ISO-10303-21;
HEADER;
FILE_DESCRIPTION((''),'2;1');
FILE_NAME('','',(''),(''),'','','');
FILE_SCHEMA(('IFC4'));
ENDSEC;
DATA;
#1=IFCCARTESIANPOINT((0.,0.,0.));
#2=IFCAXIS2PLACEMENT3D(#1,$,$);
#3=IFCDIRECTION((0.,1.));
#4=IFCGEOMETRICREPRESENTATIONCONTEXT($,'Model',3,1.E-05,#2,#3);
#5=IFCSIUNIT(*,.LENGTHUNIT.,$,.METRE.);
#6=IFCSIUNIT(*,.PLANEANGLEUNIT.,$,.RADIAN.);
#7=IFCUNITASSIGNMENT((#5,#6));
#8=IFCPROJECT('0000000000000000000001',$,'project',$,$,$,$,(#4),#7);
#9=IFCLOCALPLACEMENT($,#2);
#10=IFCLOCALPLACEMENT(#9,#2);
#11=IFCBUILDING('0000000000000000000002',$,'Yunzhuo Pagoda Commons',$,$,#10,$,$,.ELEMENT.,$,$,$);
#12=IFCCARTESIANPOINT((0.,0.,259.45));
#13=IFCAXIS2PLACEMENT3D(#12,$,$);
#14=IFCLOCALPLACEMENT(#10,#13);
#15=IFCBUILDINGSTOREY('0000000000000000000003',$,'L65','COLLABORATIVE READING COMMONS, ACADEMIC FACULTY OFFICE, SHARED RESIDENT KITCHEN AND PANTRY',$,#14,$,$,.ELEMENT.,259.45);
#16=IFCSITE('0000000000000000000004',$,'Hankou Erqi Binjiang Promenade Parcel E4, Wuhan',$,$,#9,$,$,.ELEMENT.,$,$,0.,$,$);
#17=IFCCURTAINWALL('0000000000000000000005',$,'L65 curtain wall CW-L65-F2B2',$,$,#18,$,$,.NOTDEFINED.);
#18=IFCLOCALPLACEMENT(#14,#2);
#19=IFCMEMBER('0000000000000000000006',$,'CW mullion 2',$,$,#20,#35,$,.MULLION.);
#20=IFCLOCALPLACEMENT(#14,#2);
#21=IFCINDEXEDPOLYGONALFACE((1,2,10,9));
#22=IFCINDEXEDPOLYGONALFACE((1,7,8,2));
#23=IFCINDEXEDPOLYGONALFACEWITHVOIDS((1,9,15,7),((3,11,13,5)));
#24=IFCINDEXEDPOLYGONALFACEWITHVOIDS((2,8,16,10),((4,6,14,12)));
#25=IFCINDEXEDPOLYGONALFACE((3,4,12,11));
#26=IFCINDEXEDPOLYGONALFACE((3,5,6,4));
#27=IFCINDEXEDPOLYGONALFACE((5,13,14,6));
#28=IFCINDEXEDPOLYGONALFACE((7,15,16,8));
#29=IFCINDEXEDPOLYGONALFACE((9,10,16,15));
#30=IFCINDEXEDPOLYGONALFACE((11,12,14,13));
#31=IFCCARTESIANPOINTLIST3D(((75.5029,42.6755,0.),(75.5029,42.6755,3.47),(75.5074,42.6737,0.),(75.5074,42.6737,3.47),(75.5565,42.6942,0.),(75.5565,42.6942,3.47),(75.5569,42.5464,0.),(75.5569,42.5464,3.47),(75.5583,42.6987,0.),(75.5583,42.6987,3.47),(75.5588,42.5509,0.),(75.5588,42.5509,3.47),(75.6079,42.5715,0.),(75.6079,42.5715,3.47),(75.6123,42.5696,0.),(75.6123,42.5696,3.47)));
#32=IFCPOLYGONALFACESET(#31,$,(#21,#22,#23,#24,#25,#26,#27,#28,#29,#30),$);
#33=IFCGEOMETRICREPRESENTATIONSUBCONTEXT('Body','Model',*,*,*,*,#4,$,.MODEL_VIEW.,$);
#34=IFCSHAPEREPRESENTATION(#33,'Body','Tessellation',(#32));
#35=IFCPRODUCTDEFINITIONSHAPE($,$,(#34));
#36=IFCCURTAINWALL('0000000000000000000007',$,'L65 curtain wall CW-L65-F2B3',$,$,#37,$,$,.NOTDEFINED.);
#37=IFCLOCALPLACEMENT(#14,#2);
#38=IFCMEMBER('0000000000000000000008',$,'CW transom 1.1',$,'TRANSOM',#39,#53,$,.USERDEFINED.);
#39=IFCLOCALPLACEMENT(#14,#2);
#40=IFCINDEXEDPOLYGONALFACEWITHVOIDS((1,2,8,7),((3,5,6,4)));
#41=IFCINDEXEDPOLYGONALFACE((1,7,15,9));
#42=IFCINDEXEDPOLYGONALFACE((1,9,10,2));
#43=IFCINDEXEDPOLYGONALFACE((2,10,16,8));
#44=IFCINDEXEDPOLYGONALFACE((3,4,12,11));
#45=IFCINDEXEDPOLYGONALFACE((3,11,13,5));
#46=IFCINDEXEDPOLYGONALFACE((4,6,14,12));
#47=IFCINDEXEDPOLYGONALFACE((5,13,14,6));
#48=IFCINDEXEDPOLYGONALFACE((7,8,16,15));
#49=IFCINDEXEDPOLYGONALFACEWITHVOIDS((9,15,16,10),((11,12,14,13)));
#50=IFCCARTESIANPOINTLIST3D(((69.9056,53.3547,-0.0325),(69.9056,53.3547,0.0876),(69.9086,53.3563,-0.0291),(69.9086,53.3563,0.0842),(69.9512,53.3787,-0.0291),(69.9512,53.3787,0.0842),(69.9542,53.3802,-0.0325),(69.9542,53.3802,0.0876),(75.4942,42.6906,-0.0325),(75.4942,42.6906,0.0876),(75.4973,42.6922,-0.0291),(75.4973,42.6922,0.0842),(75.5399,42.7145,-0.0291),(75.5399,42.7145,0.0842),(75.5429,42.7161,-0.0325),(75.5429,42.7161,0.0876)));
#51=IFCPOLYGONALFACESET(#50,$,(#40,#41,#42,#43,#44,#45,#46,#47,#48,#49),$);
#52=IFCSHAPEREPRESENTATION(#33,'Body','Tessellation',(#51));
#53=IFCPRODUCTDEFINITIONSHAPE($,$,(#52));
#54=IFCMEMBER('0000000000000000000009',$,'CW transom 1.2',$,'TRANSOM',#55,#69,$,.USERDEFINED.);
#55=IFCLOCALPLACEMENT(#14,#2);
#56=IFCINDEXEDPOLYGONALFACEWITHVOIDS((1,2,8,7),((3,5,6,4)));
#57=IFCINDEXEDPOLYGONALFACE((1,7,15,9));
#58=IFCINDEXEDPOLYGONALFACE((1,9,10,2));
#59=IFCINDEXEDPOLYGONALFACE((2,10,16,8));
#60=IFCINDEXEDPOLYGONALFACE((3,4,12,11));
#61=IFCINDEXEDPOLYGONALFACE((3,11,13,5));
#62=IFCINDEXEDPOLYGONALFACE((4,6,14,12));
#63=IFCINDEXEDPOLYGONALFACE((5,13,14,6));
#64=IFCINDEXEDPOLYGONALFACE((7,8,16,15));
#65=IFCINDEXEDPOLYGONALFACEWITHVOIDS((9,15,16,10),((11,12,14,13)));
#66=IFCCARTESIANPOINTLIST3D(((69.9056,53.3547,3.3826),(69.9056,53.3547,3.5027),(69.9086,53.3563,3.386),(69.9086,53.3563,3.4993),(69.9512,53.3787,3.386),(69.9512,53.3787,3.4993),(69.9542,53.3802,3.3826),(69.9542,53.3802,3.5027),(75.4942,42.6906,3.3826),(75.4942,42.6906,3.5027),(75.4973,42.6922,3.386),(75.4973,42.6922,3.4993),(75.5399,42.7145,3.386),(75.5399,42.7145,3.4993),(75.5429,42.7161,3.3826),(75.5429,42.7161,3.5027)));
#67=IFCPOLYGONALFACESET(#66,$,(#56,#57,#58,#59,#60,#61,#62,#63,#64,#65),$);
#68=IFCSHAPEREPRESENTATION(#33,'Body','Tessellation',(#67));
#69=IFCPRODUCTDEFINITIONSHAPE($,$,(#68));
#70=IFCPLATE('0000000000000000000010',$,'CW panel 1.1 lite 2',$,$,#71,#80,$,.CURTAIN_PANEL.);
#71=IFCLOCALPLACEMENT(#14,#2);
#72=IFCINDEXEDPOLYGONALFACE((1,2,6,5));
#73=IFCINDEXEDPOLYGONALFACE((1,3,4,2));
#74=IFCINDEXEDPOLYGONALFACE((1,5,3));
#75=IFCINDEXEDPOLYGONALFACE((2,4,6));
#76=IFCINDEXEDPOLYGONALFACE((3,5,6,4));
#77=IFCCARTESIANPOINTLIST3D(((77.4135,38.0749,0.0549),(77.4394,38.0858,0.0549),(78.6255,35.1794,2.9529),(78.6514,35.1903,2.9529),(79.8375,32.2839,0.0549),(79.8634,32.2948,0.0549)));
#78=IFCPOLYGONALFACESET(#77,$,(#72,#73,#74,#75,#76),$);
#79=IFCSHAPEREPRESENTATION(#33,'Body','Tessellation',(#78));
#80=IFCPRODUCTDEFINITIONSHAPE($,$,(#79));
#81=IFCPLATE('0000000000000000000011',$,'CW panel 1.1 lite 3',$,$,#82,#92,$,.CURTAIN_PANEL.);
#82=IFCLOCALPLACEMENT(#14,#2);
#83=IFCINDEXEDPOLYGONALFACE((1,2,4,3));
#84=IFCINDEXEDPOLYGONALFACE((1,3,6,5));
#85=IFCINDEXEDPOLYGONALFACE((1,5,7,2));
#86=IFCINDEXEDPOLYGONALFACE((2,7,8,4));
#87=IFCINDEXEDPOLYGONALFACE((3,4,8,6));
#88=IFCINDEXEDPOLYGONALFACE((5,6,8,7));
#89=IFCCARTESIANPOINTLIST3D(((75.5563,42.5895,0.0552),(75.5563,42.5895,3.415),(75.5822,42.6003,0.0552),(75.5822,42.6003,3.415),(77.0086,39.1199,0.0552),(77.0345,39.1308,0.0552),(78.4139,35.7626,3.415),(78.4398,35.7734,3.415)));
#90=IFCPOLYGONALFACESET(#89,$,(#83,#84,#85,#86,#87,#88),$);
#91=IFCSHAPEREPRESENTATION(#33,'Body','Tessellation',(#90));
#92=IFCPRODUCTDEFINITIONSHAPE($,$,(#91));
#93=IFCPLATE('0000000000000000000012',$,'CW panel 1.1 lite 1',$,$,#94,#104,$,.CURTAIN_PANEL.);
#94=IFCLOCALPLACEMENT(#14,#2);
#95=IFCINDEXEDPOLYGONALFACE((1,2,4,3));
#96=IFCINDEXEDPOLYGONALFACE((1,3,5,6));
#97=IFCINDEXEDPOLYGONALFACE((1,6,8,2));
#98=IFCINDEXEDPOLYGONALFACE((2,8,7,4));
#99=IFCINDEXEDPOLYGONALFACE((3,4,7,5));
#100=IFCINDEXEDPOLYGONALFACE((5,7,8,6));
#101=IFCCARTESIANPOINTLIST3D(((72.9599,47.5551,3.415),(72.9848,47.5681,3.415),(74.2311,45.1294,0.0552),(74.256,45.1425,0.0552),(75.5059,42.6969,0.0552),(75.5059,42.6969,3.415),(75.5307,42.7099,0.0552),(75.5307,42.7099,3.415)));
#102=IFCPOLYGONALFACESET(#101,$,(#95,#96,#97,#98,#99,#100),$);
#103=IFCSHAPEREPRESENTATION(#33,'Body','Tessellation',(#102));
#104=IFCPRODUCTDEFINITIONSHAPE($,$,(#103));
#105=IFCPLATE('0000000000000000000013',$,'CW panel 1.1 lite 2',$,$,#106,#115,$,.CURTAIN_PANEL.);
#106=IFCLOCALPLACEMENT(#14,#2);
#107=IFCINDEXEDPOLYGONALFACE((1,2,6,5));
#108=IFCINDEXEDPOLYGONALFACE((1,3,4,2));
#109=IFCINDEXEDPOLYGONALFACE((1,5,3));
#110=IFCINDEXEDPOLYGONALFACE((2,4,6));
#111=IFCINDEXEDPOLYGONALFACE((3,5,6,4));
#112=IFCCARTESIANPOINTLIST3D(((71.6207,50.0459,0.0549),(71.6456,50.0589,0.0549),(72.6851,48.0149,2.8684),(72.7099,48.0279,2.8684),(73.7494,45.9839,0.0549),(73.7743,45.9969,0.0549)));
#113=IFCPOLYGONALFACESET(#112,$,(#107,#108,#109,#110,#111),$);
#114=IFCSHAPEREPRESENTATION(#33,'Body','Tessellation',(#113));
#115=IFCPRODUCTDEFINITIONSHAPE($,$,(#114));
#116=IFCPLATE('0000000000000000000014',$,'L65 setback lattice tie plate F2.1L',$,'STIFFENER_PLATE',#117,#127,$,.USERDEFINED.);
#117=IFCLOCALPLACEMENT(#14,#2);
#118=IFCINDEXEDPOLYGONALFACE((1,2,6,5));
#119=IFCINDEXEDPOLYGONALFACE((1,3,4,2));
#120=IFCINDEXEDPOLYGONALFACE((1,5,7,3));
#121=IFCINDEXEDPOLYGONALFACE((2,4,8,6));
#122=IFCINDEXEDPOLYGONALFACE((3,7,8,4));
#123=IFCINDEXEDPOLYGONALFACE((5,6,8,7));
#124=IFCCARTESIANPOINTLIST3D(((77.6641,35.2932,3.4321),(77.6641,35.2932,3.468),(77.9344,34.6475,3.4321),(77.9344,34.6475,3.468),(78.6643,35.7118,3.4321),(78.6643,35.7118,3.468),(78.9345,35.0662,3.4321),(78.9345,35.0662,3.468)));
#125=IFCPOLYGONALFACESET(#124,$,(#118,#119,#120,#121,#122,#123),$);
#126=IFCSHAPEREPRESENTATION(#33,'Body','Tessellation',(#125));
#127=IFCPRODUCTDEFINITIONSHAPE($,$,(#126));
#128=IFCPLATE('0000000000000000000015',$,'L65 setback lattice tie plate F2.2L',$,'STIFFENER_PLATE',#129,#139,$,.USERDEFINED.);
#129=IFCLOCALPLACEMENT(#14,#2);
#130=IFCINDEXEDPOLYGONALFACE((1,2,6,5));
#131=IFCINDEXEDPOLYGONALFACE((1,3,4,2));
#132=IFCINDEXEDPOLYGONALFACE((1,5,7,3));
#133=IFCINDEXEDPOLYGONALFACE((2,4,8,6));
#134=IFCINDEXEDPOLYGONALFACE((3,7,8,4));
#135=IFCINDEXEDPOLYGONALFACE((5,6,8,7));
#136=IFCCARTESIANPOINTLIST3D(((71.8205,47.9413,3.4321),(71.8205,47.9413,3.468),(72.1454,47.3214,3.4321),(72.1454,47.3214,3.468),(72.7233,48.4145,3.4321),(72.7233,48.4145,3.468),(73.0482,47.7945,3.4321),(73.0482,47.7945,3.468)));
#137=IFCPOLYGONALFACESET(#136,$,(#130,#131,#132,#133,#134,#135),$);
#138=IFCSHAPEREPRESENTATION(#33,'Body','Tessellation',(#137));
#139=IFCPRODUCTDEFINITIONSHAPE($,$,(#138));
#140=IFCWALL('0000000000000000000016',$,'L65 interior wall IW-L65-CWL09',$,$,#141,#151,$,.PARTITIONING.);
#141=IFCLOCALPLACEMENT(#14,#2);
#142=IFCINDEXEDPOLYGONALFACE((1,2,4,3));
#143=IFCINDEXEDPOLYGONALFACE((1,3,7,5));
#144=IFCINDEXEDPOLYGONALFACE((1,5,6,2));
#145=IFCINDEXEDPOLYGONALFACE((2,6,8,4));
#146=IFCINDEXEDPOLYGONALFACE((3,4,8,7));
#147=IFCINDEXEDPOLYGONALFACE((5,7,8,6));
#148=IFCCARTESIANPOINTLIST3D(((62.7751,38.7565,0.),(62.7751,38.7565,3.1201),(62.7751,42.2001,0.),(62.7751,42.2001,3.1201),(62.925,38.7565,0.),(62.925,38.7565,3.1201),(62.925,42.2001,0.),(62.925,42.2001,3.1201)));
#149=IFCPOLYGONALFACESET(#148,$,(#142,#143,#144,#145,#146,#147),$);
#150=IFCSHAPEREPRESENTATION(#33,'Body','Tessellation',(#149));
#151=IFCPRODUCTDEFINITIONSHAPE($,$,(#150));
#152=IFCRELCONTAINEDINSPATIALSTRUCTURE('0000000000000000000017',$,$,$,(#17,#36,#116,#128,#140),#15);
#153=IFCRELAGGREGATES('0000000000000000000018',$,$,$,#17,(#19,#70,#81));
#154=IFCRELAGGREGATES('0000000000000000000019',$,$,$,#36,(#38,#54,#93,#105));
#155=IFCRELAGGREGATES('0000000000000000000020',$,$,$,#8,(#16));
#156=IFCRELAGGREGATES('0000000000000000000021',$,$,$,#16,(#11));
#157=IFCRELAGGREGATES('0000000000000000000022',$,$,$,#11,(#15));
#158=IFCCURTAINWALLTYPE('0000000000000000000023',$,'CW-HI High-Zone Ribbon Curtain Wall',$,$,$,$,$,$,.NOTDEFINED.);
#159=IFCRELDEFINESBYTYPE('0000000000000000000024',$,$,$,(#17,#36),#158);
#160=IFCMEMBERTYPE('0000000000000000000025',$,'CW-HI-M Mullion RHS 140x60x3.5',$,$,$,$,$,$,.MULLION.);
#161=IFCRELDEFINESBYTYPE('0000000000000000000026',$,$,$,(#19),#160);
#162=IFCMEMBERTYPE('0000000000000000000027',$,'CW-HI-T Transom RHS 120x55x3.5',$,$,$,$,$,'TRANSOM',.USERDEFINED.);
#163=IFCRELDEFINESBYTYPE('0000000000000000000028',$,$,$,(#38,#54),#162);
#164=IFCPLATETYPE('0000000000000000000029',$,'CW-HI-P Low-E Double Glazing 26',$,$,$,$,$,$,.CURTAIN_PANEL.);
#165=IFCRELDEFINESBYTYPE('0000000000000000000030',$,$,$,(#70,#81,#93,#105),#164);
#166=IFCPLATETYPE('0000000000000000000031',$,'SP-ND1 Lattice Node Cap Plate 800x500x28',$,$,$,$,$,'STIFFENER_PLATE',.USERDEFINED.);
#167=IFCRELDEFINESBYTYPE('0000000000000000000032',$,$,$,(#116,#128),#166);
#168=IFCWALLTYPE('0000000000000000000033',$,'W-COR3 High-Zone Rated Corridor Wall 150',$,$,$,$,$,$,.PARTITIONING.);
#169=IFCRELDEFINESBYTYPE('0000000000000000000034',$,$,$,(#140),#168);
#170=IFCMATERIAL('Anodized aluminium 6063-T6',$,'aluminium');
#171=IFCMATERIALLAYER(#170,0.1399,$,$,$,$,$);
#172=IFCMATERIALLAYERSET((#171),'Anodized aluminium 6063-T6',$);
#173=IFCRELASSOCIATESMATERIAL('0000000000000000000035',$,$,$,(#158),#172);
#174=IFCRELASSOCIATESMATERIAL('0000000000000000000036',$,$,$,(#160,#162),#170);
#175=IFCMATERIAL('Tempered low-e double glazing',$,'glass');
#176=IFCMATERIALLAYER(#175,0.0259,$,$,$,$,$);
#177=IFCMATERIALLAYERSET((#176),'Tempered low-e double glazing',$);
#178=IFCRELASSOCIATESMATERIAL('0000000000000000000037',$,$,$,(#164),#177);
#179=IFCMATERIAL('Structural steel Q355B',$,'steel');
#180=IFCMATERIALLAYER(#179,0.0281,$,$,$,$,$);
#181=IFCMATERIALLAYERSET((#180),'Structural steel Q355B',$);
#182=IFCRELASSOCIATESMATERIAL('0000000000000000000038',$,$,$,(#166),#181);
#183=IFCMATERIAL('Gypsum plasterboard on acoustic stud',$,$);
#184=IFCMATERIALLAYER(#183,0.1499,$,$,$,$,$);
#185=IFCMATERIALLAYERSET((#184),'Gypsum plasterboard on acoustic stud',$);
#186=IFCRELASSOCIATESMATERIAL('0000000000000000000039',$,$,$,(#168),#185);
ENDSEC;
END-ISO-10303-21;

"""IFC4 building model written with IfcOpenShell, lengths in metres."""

from ifc_helpers import new_model, si_unit, direction, frame, frame_2d, origin, origin_2d, place, context, subcontext, project, spatial, polyline, rectangle, hollow_rectangle, outline, extrude, source, transform, mapped, material, layer, layer_set, material_profile, profile_set, type_object, element, aggregate, save


model = new_model("IFC4")

# Units and contexts
model_context = context("Model", 3, precision=1e-05, world=origin(), true_north=direction((0.0, 1.0)))
body_context = subcontext(model_context, "Body", "Model", "MODEL_VIEW")
ifc_project = project(units=[si_unit("LENGTHUNIT", "METRE"), si_unit("PLANEANGLEUNIT", "RADIAN")], contexts=[model_context])

# Site, building, storey
site_placement = place(None, origin())
site = spatial("IfcSite", under=ifc_project, at=site_placement, Name="Hankou Erqi Binjiang Promenade Parcel E4, Wuhan", CompositionType="ELEMENT", RefElevation=0.0)
building_placement = place(site_placement, origin())
building = spatial("IfcBuilding", under=site, at=building_placement, Name="Yunzhuo Pagoda Commons", CompositionType="ELEMENT")
storey_placement = place(building_placement, frame((0.0, 0.0, 259.45)))
storey = spatial("IfcBuildingStorey", under=building, at=storey_placement, Name="L65", Description="COLLABORATIVE READING COMMONS, ACADEMIC FACULTY OFFICE, SHARED RESIDENT KITCHEN AND PANTRY", CompositionType="ELEMENT", Elevation=259.45)

# Shared definitions
ifc_material_1 = material(Name="Structural steel Q355B", Category="steel")

# Curtain wall, member
ifc_material_2 = material(Name="Anodized aluminium 6063-T6", Category="aluminium")
ifc_layer_1 = layer(ifc_material_2, 0.1399)
ifc_layer_set_1 = layer_set([ifc_layer_1], Name="Anodized aluminium 6063-T6")
curtain_wall_type = type_object("IfcCurtainWallType", Name="CW-HI High-Zone Ribbon Curtain Wall", PredefinedType="NOTDEFINED", material=ifc_layer_set_1)
curtain_wall_1_placement = place(storey_placement, origin())
curtain_wall_1 = element("IfcCurtainWall", 1, at=curtain_wall_1_placement, inside=storey, type_object=curtain_wall_type, Name="L65 curtain wall CW-L65-F2B2", PredefinedType="NOTDEFINED")
ifc_material_profile_1 = material_profile(ifc_material_2, hollow_rectangle(XDim=0.0601, YDim=0.1399, WallThickness=0.0034, at=origin_2d()), Name="Anodized aluminium 6063-T6")
ifc_profile_set_1 = profile_set([ifc_material_profile_1], Name="Anodized aluminium 6063-T6")
member_type_1 = type_object("IfcMemberType", Name="CW-HI-M Mullion RHS 140x60x3.5", PredefinedType="MULLION", material=ifc_profile_set_1)
shared_shape_1 = source(origin(), body_context, "Body", "SweptSolid", [
    extrude(hollow_rectangle(XDim=0.0601, YDim=0.1399, WallThickness=0.0034, at=origin_2d()), origin(), (0.0, 0.0, 1.0), 3.47),
])
member_1_placement = place(storey_placement, frame((75.5576, 42.6226, 0.0), z_axis=(0.0, 0.0, 1.0), x_axis=(-0.922451, -0.386115, 0.0)))
member_1 = element("IfcMember", 2, at=member_1_placement, type_object=member_type_1, Name="CW mullion 2", PredefinedType="MULLION", context=body_context, shape_type="MappedRepresentation", body=[
    mapped(shared_shape_1, transform((0.0, 0.0, 0.0), scale=1.0)),
])

# Curtain wall, members
curtain_wall_2_placement = place(storey_placement, origin())
curtain_wall_2 = element("IfcCurtainWall", 3, at=curtain_wall_2_placement, inside=storey, type_object=curtain_wall_type, Name="L65 curtain wall CW-L65-F2B3", PredefinedType="NOTDEFINED")
ifc_material_profile_2 = material_profile(ifc_material_2, hollow_rectangle(XDim=0.0549, YDim=0.1201, WallThickness=0.0034, at=origin_2d()), Name="Anodized aluminium 6063-T6")
ifc_profile_set_2 = profile_set([ifc_material_profile_2], Name="Anodized aluminium 6063-T6")
member_type_2 = type_object("IfcMemberType", Name="CW-HI-T Transom RHS 120x55x3.5", ElementType="TRANSOM", PredefinedType="USERDEFINED", material=ifc_profile_set_2)
shared_shape_2 = source(origin(), body_context, "Body", "SweptSolid", [
    extrude(hollow_rectangle(XDim=0.0549, YDim=0.1201, WallThickness=0.0034, at=origin_2d()), origin(), (0.0, 0.0, 1.0), 12.0398),
])
member_2_placement = place(storey_placement, frame((75.5186, 42.7034, 0.0276), z_axis=(-0.464182, 0.88574, 0.0), x_axis=(-0.88574, -0.464182, 0.0)))
member_2 = element("IfcMember", 4, at=member_2_placement, type_object=member_type_2, Name="CW transom 1.1", ObjectType="TRANSOM", PredefinedType="USERDEFINED", context=body_context, shape_type="MappedRepresentation", body=[
    mapped(shared_shape_2, transform((0.0, 0.0, 0.0), scale=1.0)),
])
member_3_placement = place(storey_placement, frame((75.5186, 42.7034, 3.4426), z_axis=(-0.464182, 0.88574, 0.0), x_axis=(-0.88574, -0.464182, 0.0)))
member_3 = element("IfcMember", 5, at=member_3_placement, type_object=member_type_2, Name="CW transom 1.2", ObjectType="TRANSOM", PredefinedType="USERDEFINED", context=body_context, shape_type="MappedRepresentation", body=[
    mapped(shared_shape_2, transform((0.0, 0.0, 0.0), scale=1.0)),
])

# Plates
ifc_material_3 = material(Name="Tempered low-e double glazing", Category="glass")
ifc_layer_2 = layer(ifc_material_3, 0.0259)
ifc_layer_set_2 = layer_set([ifc_layer_2], Name="Tempered low-e double glazing")
plate_type_1 = type_object("IfcPlateType", Name="CW-HI-P Low-E Double Glazing 26", PredefinedType="CURTAIN_PANEL", material=ifc_layer_set_2)
plate_1_placement = place(storey_placement, frame((78.6255, 35.1794, 1.5039), z_axis=(0.922451, 0.386115, 0.0), x_axis=(-0.386115, 0.922451, 0.0)))
plate_1 = element("IfcPlate", 6, at=plate_1_placement, type_object=plate_type_1, Name="CW panel 1.1 lite 2", PredefinedType="CURTAIN_PANEL", context=body_context, shape_type="SweptSolid", body=[
    extrude(outline(polyline([(-3.1389, -1.449), (3.1389, -1.449), (0.0, 1.449), (-3.1389, -1.449)])), origin(), (0.0, 0.0, 1.0), 0.0281),
])
plate_2_placement = place(storey_placement, frame((76.9851, 39.176, 1.7351), z_axis=(0.922451, 0.386115, 0.0), x_axis=(-0.386115, 0.922451, 0.0)))
plate_2 = element("IfcPlate", 7, at=plate_2_placement, type_object=plate_type_1, Name="CW panel 1.1 lite 3", PredefinedType="CURTAIN_PANEL", context=body_context, shape_type="SweptSolid", body=[
    extrude(outline(polyline([(-3.7004, 1.6799), (-0.0608, -1.6799), (3.7004, -1.6799), (3.7004, 1.6799), (-3.7004, 1.6799)])), origin(), (0.0, 0.0, 1.0), 0.0281),
])
aggregate(curtain_wall_1, [member_1, plate_1, plate_2])
plate_3_placement = place(storey_placement, frame((74.2329, 45.126, 1.7351), z_axis=(0.885743, 0.464176, 0.0), x_axis=(-0.464176, 0.885743, 0.0)))
plate_3 = element("IfcPlate", 8, at=plate_3_placement, type_object=plate_type_1, Name="CW panel 1.1 lite 1", PredefinedType="CURTAIN_PANEL", context=body_context, shape_type="SweptSolid", body=[
    extrude(outline(polyline([(-2.7424, -1.6799), (0.0039, -1.6799), (2.7424, 1.6799), (-2.7424, 1.6799), (-2.7424, -1.6799)])), origin(), (0.0, 0.0, 1.0), 0.0281),
])
plate_4_placement = place(storey_placement, frame((72.6851, 48.0149, 1.4617), z_axis=(0.885743, 0.464176, 0.0), x_axis=(-0.464176, 0.885743, 0.0)))
plate_4 = element("IfcPlate", 9, at=plate_4_placement, type_object=plate_type_1, Name="CW panel 1.1 lite 2", PredefinedType="CURTAIN_PANEL", context=body_context, shape_type="SweptSolid", body=[
    extrude(outline(polyline([(-2.293, -1.4067), (2.293, -1.4067), (0.0, 1.4067), (-2.293, -1.4067)])), origin(), (0.0, 0.0, 1.0), 0.0281),
])
aggregate(curtain_wall_2, [member_2, member_3, plate_3, plate_4])

# Plates
ifc_layer_3 = layer(ifc_material_1, 0.0281)
ifc_layer_set_3 = layer_set([ifc_layer_3], Name="Structural steel Q355B")
plate_type_2 = type_object("IfcPlateType", Name="SP-ND1 Lattice Node Cap Plate 800x500x28", ElementType="STIFFENER_PLATE", PredefinedType="USERDEFINED", material=ifc_layer_set_3)
shared_shape_3 = source(origin(), body_context, "Body", "SweptSolid", [
    extrude(rectangle(XDim=0.7, YDim=1.0842, at=origin_2d()), origin(), (0.0, 0.0, 1.0), 0.0359),
])
plate_5_placement = place(storey_placement, frame((78.2993, 35.1797, 3.4321), z_axis=(0.0, 0.0, 1.0), x_axis=(-0.386115, 0.922451, 0.0)))
element("IfcPlate", 10, at=plate_5_placement, inside=storey, type_object=plate_type_2, Name="L65 setback lattice tie plate F2.1L", ObjectType="STIFFENER_PLATE", PredefinedType="USERDEFINED", context=body_context, shape_type="MappedRepresentation", body=[
    mapped(shared_shape_3, transform((0.0, 0.0, 0.0), scale=1.0)),
])
shared_shape_4 = source(origin(), body_context, "Body", "SweptSolid", [
    extrude(rectangle(XDim=0.7, YDim=1.0193, at=origin_2d()), origin(), (0.0, 0.0, 1.0), 0.0359),
])
plate_6_placement = place(storey_placement, frame((72.4343, 47.8679, 3.4321), z_axis=(0.0, 0.0, 1.0), x_axis=(-0.464177, 0.885742, 0.0)))
element("IfcPlate", 11, at=plate_6_placement, inside=storey, type_object=plate_type_2, Name="L65 setback lattice tie plate F2.2L", ObjectType="STIFFENER_PLATE", PredefinedType="USERDEFINED", context=body_context, shape_type="MappedRepresentation", body=[
    mapped(shared_shape_4, transform((0.0, 0.0, 0.0), scale=1.0)),
])

# Wall
ifc_material_4 = material(Name="Gypsum plasterboard on acoustic stud")
ifc_layer_4 = layer(ifc_material_4, 0.1499)
ifc_layer_set_4 = layer_set([ifc_layer_4], Name="Gypsum plasterboard on acoustic stud")
wall_type_1 = type_object("IfcWallType", Name="W-COR3 High-Zone Rated Corridor Wall 150", PredefinedType="PARTITIONING", material=ifc_layer_set_4)
wall_1_placement = place(storey_placement, frame((62.8501, 42.2, 0.0), z_axis=(0.0, 0.0, 1.0), x_axis=(0.0, -1.0, 0.0)))
element("IfcWall", 12, at=wall_1_placement, inside=storey, type_object=wall_type_1, Name="L65 interior wall IW-L65-CWL09", PredefinedType="PARTITIONING", context=body_context, shape_type="SweptSolid", body=[
    extrude(rectangle(XDim=3.4436, YDim=0.1499, at=frame_2d((1.7217, 0.0))), origin(), (0.0, 0.0, 1.0), 3.1201),
])

save(model, "model.ifc")
